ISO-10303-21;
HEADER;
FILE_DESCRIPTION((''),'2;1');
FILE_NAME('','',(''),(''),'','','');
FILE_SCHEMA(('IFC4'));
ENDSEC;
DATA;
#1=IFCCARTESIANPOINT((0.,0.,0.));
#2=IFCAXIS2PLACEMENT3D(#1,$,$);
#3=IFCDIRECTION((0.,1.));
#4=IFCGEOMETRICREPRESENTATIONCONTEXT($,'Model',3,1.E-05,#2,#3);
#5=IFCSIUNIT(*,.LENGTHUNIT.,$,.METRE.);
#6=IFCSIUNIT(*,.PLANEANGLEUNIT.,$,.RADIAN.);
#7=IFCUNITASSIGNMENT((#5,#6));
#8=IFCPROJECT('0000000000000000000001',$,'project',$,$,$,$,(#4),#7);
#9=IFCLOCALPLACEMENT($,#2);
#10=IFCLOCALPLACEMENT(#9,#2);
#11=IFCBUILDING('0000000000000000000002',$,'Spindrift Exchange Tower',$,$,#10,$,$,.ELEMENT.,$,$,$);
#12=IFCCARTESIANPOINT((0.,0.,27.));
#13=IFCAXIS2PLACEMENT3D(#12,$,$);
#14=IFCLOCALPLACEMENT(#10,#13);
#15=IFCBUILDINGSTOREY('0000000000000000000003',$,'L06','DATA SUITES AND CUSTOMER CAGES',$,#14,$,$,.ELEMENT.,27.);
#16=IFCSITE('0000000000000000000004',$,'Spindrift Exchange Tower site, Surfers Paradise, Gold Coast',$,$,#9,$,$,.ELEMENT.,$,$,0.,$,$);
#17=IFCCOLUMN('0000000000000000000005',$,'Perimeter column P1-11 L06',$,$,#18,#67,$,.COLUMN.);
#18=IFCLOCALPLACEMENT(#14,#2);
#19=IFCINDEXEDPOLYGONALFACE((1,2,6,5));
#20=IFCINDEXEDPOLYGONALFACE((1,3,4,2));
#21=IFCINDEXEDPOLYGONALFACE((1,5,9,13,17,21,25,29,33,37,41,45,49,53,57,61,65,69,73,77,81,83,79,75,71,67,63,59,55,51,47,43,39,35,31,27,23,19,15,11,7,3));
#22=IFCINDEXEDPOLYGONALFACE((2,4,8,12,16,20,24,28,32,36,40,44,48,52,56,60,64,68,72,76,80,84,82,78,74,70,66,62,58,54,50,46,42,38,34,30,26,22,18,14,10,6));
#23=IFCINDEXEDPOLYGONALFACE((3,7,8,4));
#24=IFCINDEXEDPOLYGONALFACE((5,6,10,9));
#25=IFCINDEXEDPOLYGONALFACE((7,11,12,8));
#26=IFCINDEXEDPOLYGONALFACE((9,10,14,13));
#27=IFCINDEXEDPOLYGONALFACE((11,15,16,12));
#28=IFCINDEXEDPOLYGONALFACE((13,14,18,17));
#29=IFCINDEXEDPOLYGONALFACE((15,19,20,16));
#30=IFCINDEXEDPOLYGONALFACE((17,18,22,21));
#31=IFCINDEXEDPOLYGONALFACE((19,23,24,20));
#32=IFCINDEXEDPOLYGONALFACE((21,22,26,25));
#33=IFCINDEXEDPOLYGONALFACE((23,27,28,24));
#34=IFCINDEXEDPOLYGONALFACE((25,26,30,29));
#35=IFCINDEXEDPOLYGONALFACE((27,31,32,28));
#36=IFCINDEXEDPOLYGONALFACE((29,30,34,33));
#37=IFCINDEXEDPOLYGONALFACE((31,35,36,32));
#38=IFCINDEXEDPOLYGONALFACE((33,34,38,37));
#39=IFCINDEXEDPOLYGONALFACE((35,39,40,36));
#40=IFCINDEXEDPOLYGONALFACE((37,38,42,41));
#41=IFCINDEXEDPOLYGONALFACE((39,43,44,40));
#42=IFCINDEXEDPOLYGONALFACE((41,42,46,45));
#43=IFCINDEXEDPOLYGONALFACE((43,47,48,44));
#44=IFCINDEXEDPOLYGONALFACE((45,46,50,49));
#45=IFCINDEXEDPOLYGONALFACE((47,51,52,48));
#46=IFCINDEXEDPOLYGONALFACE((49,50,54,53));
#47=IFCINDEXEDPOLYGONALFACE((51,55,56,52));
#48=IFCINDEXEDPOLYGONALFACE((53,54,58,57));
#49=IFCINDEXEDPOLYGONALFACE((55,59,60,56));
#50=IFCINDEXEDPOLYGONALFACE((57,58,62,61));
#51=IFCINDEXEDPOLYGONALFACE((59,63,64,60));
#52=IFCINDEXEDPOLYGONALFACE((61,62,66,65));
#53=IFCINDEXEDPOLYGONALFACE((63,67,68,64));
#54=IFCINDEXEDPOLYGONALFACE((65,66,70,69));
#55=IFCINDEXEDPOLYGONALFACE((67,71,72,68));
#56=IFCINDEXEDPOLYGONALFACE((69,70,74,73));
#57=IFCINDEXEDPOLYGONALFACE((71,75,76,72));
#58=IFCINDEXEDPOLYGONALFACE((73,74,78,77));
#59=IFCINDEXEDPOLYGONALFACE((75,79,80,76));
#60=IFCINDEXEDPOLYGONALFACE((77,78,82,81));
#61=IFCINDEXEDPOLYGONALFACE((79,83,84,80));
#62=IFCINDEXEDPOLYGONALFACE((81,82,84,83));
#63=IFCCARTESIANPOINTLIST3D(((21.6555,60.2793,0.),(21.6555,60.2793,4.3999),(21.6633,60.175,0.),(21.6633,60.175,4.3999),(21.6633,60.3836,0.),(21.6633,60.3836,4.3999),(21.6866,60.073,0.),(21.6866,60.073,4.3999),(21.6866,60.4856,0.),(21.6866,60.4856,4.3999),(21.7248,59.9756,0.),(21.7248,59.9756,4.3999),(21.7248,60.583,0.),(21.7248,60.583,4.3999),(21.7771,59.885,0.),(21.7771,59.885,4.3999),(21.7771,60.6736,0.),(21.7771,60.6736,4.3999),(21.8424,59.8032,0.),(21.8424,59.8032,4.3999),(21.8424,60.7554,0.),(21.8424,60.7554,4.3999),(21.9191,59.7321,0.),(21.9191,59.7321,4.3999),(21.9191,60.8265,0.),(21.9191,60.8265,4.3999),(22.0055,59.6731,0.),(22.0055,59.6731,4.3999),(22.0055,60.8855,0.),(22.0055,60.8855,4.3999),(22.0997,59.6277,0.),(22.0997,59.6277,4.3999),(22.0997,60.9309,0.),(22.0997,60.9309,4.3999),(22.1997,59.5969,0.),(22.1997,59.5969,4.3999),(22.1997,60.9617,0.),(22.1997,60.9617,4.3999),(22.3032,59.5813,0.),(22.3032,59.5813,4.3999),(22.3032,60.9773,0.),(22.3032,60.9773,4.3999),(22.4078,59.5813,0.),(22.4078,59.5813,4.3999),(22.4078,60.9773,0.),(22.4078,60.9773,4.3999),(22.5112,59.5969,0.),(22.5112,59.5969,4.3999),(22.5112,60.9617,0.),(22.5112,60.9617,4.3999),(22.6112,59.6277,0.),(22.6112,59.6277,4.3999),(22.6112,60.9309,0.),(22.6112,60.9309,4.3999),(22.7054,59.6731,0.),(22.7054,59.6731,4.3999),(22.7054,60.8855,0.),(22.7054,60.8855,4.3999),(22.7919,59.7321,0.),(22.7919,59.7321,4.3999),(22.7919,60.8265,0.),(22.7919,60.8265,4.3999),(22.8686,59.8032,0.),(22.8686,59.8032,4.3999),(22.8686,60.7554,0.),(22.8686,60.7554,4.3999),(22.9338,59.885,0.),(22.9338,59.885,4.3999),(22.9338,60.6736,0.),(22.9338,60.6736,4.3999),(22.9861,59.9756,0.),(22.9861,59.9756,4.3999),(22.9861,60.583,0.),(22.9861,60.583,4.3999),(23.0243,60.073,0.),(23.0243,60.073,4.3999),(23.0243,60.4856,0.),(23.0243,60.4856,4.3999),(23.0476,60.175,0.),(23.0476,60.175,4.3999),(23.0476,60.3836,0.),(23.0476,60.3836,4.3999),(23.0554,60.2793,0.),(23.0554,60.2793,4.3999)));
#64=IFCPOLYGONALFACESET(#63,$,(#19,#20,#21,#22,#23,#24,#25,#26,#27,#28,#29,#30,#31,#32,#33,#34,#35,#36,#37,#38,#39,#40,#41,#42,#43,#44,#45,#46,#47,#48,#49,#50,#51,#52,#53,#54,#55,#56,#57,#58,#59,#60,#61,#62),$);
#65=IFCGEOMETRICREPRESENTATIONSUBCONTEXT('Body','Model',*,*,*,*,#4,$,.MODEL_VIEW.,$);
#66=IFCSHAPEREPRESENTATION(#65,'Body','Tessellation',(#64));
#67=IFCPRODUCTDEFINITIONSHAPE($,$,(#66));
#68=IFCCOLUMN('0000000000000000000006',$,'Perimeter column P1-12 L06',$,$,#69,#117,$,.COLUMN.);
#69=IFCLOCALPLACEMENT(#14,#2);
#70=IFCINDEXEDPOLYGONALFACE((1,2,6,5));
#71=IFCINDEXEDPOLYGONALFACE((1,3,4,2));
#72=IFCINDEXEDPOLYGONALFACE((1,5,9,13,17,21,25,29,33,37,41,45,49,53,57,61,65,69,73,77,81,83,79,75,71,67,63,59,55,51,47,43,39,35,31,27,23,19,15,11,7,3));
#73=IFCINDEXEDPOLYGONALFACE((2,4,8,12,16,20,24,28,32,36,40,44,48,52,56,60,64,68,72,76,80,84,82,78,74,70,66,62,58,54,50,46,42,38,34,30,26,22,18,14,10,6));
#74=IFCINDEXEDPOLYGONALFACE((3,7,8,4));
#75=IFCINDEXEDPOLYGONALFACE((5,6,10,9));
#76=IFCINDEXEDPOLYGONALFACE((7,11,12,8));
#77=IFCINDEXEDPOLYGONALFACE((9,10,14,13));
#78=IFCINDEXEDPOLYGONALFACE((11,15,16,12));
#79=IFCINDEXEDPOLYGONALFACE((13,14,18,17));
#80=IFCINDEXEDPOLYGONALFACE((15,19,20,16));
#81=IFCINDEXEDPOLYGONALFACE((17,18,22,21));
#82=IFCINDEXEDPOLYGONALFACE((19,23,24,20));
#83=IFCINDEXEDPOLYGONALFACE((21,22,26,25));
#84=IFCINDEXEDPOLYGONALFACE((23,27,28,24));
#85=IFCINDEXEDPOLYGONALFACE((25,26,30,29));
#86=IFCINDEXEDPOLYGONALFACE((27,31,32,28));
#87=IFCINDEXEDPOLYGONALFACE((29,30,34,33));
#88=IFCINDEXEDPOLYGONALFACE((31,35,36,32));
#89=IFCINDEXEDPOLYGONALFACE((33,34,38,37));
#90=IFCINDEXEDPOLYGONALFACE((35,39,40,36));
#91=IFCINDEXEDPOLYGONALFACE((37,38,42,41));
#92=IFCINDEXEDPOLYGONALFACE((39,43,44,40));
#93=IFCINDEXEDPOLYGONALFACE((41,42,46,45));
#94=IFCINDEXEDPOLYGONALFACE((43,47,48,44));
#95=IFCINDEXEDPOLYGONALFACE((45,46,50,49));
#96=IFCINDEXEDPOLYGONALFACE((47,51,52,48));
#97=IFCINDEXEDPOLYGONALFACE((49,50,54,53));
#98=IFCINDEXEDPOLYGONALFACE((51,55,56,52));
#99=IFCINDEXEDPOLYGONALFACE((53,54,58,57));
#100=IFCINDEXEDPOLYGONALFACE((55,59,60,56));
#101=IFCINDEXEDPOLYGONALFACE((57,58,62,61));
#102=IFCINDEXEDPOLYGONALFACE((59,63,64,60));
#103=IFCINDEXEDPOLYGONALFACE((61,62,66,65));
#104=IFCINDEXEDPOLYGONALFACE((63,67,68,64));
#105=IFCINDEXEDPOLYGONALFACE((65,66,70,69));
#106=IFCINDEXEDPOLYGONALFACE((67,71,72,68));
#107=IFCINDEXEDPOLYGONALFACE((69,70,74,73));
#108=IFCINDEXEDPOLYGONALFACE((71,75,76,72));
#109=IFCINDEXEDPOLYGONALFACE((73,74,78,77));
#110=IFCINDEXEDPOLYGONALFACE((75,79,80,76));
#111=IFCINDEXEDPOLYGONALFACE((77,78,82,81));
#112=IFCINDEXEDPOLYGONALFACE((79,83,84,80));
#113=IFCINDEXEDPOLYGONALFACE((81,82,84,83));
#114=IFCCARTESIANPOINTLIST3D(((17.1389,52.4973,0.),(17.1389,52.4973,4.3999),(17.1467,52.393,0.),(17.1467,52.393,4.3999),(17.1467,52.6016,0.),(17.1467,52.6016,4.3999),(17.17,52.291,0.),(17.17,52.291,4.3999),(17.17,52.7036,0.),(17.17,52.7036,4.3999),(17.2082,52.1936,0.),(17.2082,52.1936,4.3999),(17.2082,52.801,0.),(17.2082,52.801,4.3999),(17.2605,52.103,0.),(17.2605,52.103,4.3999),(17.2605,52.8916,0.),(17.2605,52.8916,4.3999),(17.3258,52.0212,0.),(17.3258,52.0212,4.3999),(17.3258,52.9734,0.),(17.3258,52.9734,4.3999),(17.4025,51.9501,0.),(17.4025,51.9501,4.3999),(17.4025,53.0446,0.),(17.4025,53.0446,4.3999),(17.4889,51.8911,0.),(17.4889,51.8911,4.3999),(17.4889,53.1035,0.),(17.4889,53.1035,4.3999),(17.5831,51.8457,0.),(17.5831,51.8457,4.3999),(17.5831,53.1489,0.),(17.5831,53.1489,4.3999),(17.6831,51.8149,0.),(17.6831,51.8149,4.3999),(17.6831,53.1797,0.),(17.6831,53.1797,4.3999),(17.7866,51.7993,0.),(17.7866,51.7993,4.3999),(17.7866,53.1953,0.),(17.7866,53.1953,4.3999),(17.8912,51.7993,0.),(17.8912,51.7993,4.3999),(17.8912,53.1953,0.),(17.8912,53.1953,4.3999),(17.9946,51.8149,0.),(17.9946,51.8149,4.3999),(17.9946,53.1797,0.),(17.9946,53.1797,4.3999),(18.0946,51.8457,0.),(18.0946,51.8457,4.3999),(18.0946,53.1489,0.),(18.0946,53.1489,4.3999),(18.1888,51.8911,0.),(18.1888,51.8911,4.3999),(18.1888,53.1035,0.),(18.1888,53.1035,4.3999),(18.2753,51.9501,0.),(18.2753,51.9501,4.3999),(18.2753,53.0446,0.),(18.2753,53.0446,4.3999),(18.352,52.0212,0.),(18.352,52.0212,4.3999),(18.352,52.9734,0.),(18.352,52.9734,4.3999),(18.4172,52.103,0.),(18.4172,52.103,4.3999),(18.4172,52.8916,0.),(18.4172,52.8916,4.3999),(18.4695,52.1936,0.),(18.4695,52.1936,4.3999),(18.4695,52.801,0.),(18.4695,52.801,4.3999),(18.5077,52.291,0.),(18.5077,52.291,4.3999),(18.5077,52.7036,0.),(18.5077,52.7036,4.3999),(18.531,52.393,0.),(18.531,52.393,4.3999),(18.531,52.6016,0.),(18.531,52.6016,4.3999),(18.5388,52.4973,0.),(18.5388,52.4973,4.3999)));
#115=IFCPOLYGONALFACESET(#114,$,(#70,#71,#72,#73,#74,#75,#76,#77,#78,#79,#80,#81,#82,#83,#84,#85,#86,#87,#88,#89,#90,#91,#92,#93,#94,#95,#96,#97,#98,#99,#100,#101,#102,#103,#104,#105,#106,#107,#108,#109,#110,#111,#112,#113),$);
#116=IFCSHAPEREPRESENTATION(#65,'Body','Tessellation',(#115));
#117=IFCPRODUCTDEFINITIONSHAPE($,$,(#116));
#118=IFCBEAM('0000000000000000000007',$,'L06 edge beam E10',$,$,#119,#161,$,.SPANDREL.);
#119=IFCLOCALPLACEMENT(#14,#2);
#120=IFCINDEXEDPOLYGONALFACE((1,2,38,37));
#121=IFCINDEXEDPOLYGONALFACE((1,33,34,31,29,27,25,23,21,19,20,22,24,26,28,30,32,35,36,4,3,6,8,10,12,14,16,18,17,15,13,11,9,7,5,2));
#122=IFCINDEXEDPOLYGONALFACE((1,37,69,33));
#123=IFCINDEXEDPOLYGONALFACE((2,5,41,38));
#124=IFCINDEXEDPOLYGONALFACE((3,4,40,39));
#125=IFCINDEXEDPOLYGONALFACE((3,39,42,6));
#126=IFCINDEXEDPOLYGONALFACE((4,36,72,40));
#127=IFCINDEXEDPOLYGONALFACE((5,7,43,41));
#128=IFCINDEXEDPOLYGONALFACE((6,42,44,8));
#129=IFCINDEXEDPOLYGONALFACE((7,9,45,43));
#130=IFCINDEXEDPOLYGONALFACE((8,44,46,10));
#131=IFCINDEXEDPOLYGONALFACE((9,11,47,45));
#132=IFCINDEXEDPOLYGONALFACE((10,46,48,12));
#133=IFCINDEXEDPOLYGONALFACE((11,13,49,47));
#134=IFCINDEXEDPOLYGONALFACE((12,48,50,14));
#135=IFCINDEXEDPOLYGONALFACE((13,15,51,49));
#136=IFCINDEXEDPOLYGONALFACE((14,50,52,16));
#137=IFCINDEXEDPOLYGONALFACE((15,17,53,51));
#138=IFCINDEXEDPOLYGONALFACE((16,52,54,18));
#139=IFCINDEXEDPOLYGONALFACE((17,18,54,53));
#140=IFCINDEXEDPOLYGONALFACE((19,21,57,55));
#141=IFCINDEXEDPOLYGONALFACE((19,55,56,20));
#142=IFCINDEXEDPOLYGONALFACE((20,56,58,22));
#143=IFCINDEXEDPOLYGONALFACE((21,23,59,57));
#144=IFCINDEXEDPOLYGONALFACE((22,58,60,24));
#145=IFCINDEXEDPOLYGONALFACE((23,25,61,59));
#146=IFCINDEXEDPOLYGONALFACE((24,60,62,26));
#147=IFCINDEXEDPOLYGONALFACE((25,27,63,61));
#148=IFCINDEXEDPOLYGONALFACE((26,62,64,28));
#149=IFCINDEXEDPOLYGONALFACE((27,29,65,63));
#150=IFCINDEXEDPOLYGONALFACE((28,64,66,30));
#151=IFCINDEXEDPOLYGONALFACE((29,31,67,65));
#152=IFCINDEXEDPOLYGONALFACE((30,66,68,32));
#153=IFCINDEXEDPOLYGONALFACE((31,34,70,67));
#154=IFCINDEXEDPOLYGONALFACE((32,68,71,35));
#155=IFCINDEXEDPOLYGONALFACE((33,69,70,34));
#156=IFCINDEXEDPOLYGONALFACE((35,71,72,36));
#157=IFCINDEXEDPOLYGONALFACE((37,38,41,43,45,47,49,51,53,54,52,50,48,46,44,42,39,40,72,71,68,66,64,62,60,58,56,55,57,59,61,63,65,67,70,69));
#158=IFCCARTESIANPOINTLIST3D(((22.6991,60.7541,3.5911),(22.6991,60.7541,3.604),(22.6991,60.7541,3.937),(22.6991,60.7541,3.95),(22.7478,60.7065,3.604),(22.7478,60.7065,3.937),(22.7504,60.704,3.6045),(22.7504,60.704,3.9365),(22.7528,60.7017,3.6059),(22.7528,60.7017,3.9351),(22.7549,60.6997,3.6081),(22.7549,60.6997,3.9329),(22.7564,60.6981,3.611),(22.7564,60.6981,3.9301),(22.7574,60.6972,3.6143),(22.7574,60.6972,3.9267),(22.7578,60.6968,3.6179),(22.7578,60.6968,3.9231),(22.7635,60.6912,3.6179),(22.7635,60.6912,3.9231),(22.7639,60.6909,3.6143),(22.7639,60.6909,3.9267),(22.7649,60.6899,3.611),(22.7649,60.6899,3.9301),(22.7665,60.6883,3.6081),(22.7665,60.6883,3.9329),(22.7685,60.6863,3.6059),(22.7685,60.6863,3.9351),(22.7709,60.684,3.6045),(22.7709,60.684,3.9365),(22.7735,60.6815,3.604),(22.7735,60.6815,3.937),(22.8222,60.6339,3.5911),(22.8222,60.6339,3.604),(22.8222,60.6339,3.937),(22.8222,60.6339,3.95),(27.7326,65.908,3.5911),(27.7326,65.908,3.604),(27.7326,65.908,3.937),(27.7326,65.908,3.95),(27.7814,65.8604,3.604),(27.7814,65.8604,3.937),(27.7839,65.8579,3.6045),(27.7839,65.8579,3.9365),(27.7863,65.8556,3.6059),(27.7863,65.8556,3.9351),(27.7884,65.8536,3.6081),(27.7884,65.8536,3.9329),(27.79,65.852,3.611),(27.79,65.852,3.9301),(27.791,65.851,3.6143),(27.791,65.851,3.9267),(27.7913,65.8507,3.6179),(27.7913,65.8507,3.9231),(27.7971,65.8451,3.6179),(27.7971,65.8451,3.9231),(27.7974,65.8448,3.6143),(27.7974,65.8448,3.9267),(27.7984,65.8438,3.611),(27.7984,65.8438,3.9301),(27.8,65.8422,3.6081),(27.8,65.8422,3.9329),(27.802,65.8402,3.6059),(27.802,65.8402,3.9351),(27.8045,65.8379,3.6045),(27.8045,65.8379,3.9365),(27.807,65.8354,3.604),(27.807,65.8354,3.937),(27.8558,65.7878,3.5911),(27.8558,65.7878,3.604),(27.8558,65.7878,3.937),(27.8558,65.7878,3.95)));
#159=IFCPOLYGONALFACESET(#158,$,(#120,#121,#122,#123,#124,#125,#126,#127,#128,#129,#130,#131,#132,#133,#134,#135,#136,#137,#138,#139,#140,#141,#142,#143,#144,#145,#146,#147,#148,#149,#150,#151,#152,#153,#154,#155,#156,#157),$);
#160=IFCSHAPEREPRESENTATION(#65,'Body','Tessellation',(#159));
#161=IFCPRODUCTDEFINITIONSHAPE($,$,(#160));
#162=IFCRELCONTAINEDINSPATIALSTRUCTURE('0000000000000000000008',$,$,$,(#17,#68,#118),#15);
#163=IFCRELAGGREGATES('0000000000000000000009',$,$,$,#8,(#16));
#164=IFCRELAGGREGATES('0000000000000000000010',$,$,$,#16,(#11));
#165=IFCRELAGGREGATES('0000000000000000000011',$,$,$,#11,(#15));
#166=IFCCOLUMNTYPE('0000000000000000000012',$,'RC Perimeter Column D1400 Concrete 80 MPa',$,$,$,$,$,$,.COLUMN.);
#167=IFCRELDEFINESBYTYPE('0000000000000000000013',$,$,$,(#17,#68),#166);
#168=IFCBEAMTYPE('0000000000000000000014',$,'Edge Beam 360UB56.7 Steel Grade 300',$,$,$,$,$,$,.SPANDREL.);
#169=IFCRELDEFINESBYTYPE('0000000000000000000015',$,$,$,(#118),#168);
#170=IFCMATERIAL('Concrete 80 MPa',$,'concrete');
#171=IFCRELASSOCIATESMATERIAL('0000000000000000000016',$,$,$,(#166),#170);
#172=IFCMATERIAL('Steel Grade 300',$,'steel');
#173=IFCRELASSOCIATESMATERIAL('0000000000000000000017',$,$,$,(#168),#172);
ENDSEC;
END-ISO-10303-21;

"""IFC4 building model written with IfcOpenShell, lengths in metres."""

from ifc_helpers import new_model, si_unit, direction, frame, origin, origin_2d, place, context, subcontext, project, spatial, circle, i_section, extrude, source, transform, mapped, material, material_profile, profile_set, type_object, element, save


model = new_model("IFC4")

# Units and contexts
model_context = context("Model", 3, precision=1e-05, world=origin(), true_north=direction((0.0, 1.0)))
body_context = subcontext(model_context, "Body", "Model", "MODEL_VIEW")
ifc_project = project(units=[si_unit("LENGTHUNIT", "METRE"), si_unit("PLANEANGLEUNIT", "RADIAN")], contexts=[model_context])

# Site, building, storey
site_placement = place(None, origin())
site = spatial("IfcSite", under=ifc_project, at=site_placement, Name="Spindrift Exchange Tower site, Surfers Paradise, Gold Coast", CompositionType="ELEMENT", RefElevation=0.0)
building_placement = place(site_placement, origin())
building = spatial("IfcBuilding", under=site, at=building_placement, Name="Spindrift Exchange Tower", CompositionType="ELEMENT")
storey_placement = place(building_placement, frame((0.0, 0.0, 27.0)))
storey = spatial("IfcBuildingStorey", under=building, at=storey_placement, Name="L06", Description="DATA SUITES AND CUSTOMER CAGES", CompositionType="ELEMENT", Elevation=27.0)

# Columns
ifc_material_1 = material(Name="Concrete 80 MPa", Category="concrete")
ifc_material_profile_1 = material_profile(ifc_material_1, circle(Radius=0.7, at=origin_2d()), Name="RC D1400")
ifc_profile_set_1 = profile_set([ifc_material_profile_1], Name="Concrete 80 MPa")
column_type = type_object("IfcColumnType", Name="RC Perimeter Column D1400 Concrete 80 MPa", PredefinedType="COLUMN", material=ifc_profile_set_1)
shared_shape_1 = source(origin(), body_context, "Body", "SweptSolid", [
    extrude(circle(Radius=0.7, at=origin_2d()), origin(), (0.0, 0.0, 1.0), 4.3999),
])
for number, where, z_axis, x_axis, name in (
    (1, (22.3555, 60.2793, 0.0), (0.0, 0.0, 1.0), (1.0, 0.0, 0.0), "Perimeter column P1-11 L06"),
    (2, (17.8389, 52.4973, 0.0), (0.0, 0.0, 1.0), (1.0, 0.0, 0.0), "Perimeter column P1-12 L06"),
):
    element("IfcColumn", number, at=place(storey_placement, frame(where, z_axis=z_axis, x_axis=x_axis)), inside=storey, type_object=column_type, Name=name, PredefinedType="COLUMN", context=body_context, shape_type="MappedRepresentation", body=[
        mapped(shared_shape_1, transform((0.0, 0.0, 0.0), scale=1.0)),
    ])

# Beam
ifc_material_2 = material(Name="Steel Grade 300", Category="steel")
ifc_material_profile_2 = material_profile(ifc_material_2, i_section(OverallWidth=0.1721, OverallDepth=0.3589, WebThickness=0.0081, FlangeThickness=0.0129, FilletRadius=0.0139, at=origin_2d()), Name="360UB56.7")
ifc_profile_set_2 = profile_set([ifc_material_profile_2], Name="Steel Grade 300")
beam_type_1 = type_object("IfcBeamType", Name="Edge Beam 360UB56.7 Steel Grade 300", PredefinedType="SPANDREL", material=ifc_profile_set_2)
shared_shape_2 = source(origin(), body_context, "Body", "SweptSolid", [
    extrude(i_section(OverallWidth=0.1721, OverallDepth=0.3589, WebThickness=0.0081, FlangeThickness=0.0129, FilletRadius=0.0139, at=origin_2d()), origin(), (0.0, 0.0, 1.0), 7.2041),
])
beam_1_placement = place(storey_placement, frame((27.7942, 65.8479, 3.7705), z_axis=(-0.698704, -0.715411, 0.0), x_axis=(0.715411, -0.698704, 0.0)))
element("IfcBeam", 3, at=beam_1_placement, inside=storey, type_object=beam_type_1, Name="L06 edge beam E10", PredefinedType="SPANDREL", context=body_context, shape_type="MappedRepresentation", body=[
    mapped(shared_shape_2, transform((0.0, 0.0, 0.0), scale=1.0)),
])

save(model, "model.ifc")
